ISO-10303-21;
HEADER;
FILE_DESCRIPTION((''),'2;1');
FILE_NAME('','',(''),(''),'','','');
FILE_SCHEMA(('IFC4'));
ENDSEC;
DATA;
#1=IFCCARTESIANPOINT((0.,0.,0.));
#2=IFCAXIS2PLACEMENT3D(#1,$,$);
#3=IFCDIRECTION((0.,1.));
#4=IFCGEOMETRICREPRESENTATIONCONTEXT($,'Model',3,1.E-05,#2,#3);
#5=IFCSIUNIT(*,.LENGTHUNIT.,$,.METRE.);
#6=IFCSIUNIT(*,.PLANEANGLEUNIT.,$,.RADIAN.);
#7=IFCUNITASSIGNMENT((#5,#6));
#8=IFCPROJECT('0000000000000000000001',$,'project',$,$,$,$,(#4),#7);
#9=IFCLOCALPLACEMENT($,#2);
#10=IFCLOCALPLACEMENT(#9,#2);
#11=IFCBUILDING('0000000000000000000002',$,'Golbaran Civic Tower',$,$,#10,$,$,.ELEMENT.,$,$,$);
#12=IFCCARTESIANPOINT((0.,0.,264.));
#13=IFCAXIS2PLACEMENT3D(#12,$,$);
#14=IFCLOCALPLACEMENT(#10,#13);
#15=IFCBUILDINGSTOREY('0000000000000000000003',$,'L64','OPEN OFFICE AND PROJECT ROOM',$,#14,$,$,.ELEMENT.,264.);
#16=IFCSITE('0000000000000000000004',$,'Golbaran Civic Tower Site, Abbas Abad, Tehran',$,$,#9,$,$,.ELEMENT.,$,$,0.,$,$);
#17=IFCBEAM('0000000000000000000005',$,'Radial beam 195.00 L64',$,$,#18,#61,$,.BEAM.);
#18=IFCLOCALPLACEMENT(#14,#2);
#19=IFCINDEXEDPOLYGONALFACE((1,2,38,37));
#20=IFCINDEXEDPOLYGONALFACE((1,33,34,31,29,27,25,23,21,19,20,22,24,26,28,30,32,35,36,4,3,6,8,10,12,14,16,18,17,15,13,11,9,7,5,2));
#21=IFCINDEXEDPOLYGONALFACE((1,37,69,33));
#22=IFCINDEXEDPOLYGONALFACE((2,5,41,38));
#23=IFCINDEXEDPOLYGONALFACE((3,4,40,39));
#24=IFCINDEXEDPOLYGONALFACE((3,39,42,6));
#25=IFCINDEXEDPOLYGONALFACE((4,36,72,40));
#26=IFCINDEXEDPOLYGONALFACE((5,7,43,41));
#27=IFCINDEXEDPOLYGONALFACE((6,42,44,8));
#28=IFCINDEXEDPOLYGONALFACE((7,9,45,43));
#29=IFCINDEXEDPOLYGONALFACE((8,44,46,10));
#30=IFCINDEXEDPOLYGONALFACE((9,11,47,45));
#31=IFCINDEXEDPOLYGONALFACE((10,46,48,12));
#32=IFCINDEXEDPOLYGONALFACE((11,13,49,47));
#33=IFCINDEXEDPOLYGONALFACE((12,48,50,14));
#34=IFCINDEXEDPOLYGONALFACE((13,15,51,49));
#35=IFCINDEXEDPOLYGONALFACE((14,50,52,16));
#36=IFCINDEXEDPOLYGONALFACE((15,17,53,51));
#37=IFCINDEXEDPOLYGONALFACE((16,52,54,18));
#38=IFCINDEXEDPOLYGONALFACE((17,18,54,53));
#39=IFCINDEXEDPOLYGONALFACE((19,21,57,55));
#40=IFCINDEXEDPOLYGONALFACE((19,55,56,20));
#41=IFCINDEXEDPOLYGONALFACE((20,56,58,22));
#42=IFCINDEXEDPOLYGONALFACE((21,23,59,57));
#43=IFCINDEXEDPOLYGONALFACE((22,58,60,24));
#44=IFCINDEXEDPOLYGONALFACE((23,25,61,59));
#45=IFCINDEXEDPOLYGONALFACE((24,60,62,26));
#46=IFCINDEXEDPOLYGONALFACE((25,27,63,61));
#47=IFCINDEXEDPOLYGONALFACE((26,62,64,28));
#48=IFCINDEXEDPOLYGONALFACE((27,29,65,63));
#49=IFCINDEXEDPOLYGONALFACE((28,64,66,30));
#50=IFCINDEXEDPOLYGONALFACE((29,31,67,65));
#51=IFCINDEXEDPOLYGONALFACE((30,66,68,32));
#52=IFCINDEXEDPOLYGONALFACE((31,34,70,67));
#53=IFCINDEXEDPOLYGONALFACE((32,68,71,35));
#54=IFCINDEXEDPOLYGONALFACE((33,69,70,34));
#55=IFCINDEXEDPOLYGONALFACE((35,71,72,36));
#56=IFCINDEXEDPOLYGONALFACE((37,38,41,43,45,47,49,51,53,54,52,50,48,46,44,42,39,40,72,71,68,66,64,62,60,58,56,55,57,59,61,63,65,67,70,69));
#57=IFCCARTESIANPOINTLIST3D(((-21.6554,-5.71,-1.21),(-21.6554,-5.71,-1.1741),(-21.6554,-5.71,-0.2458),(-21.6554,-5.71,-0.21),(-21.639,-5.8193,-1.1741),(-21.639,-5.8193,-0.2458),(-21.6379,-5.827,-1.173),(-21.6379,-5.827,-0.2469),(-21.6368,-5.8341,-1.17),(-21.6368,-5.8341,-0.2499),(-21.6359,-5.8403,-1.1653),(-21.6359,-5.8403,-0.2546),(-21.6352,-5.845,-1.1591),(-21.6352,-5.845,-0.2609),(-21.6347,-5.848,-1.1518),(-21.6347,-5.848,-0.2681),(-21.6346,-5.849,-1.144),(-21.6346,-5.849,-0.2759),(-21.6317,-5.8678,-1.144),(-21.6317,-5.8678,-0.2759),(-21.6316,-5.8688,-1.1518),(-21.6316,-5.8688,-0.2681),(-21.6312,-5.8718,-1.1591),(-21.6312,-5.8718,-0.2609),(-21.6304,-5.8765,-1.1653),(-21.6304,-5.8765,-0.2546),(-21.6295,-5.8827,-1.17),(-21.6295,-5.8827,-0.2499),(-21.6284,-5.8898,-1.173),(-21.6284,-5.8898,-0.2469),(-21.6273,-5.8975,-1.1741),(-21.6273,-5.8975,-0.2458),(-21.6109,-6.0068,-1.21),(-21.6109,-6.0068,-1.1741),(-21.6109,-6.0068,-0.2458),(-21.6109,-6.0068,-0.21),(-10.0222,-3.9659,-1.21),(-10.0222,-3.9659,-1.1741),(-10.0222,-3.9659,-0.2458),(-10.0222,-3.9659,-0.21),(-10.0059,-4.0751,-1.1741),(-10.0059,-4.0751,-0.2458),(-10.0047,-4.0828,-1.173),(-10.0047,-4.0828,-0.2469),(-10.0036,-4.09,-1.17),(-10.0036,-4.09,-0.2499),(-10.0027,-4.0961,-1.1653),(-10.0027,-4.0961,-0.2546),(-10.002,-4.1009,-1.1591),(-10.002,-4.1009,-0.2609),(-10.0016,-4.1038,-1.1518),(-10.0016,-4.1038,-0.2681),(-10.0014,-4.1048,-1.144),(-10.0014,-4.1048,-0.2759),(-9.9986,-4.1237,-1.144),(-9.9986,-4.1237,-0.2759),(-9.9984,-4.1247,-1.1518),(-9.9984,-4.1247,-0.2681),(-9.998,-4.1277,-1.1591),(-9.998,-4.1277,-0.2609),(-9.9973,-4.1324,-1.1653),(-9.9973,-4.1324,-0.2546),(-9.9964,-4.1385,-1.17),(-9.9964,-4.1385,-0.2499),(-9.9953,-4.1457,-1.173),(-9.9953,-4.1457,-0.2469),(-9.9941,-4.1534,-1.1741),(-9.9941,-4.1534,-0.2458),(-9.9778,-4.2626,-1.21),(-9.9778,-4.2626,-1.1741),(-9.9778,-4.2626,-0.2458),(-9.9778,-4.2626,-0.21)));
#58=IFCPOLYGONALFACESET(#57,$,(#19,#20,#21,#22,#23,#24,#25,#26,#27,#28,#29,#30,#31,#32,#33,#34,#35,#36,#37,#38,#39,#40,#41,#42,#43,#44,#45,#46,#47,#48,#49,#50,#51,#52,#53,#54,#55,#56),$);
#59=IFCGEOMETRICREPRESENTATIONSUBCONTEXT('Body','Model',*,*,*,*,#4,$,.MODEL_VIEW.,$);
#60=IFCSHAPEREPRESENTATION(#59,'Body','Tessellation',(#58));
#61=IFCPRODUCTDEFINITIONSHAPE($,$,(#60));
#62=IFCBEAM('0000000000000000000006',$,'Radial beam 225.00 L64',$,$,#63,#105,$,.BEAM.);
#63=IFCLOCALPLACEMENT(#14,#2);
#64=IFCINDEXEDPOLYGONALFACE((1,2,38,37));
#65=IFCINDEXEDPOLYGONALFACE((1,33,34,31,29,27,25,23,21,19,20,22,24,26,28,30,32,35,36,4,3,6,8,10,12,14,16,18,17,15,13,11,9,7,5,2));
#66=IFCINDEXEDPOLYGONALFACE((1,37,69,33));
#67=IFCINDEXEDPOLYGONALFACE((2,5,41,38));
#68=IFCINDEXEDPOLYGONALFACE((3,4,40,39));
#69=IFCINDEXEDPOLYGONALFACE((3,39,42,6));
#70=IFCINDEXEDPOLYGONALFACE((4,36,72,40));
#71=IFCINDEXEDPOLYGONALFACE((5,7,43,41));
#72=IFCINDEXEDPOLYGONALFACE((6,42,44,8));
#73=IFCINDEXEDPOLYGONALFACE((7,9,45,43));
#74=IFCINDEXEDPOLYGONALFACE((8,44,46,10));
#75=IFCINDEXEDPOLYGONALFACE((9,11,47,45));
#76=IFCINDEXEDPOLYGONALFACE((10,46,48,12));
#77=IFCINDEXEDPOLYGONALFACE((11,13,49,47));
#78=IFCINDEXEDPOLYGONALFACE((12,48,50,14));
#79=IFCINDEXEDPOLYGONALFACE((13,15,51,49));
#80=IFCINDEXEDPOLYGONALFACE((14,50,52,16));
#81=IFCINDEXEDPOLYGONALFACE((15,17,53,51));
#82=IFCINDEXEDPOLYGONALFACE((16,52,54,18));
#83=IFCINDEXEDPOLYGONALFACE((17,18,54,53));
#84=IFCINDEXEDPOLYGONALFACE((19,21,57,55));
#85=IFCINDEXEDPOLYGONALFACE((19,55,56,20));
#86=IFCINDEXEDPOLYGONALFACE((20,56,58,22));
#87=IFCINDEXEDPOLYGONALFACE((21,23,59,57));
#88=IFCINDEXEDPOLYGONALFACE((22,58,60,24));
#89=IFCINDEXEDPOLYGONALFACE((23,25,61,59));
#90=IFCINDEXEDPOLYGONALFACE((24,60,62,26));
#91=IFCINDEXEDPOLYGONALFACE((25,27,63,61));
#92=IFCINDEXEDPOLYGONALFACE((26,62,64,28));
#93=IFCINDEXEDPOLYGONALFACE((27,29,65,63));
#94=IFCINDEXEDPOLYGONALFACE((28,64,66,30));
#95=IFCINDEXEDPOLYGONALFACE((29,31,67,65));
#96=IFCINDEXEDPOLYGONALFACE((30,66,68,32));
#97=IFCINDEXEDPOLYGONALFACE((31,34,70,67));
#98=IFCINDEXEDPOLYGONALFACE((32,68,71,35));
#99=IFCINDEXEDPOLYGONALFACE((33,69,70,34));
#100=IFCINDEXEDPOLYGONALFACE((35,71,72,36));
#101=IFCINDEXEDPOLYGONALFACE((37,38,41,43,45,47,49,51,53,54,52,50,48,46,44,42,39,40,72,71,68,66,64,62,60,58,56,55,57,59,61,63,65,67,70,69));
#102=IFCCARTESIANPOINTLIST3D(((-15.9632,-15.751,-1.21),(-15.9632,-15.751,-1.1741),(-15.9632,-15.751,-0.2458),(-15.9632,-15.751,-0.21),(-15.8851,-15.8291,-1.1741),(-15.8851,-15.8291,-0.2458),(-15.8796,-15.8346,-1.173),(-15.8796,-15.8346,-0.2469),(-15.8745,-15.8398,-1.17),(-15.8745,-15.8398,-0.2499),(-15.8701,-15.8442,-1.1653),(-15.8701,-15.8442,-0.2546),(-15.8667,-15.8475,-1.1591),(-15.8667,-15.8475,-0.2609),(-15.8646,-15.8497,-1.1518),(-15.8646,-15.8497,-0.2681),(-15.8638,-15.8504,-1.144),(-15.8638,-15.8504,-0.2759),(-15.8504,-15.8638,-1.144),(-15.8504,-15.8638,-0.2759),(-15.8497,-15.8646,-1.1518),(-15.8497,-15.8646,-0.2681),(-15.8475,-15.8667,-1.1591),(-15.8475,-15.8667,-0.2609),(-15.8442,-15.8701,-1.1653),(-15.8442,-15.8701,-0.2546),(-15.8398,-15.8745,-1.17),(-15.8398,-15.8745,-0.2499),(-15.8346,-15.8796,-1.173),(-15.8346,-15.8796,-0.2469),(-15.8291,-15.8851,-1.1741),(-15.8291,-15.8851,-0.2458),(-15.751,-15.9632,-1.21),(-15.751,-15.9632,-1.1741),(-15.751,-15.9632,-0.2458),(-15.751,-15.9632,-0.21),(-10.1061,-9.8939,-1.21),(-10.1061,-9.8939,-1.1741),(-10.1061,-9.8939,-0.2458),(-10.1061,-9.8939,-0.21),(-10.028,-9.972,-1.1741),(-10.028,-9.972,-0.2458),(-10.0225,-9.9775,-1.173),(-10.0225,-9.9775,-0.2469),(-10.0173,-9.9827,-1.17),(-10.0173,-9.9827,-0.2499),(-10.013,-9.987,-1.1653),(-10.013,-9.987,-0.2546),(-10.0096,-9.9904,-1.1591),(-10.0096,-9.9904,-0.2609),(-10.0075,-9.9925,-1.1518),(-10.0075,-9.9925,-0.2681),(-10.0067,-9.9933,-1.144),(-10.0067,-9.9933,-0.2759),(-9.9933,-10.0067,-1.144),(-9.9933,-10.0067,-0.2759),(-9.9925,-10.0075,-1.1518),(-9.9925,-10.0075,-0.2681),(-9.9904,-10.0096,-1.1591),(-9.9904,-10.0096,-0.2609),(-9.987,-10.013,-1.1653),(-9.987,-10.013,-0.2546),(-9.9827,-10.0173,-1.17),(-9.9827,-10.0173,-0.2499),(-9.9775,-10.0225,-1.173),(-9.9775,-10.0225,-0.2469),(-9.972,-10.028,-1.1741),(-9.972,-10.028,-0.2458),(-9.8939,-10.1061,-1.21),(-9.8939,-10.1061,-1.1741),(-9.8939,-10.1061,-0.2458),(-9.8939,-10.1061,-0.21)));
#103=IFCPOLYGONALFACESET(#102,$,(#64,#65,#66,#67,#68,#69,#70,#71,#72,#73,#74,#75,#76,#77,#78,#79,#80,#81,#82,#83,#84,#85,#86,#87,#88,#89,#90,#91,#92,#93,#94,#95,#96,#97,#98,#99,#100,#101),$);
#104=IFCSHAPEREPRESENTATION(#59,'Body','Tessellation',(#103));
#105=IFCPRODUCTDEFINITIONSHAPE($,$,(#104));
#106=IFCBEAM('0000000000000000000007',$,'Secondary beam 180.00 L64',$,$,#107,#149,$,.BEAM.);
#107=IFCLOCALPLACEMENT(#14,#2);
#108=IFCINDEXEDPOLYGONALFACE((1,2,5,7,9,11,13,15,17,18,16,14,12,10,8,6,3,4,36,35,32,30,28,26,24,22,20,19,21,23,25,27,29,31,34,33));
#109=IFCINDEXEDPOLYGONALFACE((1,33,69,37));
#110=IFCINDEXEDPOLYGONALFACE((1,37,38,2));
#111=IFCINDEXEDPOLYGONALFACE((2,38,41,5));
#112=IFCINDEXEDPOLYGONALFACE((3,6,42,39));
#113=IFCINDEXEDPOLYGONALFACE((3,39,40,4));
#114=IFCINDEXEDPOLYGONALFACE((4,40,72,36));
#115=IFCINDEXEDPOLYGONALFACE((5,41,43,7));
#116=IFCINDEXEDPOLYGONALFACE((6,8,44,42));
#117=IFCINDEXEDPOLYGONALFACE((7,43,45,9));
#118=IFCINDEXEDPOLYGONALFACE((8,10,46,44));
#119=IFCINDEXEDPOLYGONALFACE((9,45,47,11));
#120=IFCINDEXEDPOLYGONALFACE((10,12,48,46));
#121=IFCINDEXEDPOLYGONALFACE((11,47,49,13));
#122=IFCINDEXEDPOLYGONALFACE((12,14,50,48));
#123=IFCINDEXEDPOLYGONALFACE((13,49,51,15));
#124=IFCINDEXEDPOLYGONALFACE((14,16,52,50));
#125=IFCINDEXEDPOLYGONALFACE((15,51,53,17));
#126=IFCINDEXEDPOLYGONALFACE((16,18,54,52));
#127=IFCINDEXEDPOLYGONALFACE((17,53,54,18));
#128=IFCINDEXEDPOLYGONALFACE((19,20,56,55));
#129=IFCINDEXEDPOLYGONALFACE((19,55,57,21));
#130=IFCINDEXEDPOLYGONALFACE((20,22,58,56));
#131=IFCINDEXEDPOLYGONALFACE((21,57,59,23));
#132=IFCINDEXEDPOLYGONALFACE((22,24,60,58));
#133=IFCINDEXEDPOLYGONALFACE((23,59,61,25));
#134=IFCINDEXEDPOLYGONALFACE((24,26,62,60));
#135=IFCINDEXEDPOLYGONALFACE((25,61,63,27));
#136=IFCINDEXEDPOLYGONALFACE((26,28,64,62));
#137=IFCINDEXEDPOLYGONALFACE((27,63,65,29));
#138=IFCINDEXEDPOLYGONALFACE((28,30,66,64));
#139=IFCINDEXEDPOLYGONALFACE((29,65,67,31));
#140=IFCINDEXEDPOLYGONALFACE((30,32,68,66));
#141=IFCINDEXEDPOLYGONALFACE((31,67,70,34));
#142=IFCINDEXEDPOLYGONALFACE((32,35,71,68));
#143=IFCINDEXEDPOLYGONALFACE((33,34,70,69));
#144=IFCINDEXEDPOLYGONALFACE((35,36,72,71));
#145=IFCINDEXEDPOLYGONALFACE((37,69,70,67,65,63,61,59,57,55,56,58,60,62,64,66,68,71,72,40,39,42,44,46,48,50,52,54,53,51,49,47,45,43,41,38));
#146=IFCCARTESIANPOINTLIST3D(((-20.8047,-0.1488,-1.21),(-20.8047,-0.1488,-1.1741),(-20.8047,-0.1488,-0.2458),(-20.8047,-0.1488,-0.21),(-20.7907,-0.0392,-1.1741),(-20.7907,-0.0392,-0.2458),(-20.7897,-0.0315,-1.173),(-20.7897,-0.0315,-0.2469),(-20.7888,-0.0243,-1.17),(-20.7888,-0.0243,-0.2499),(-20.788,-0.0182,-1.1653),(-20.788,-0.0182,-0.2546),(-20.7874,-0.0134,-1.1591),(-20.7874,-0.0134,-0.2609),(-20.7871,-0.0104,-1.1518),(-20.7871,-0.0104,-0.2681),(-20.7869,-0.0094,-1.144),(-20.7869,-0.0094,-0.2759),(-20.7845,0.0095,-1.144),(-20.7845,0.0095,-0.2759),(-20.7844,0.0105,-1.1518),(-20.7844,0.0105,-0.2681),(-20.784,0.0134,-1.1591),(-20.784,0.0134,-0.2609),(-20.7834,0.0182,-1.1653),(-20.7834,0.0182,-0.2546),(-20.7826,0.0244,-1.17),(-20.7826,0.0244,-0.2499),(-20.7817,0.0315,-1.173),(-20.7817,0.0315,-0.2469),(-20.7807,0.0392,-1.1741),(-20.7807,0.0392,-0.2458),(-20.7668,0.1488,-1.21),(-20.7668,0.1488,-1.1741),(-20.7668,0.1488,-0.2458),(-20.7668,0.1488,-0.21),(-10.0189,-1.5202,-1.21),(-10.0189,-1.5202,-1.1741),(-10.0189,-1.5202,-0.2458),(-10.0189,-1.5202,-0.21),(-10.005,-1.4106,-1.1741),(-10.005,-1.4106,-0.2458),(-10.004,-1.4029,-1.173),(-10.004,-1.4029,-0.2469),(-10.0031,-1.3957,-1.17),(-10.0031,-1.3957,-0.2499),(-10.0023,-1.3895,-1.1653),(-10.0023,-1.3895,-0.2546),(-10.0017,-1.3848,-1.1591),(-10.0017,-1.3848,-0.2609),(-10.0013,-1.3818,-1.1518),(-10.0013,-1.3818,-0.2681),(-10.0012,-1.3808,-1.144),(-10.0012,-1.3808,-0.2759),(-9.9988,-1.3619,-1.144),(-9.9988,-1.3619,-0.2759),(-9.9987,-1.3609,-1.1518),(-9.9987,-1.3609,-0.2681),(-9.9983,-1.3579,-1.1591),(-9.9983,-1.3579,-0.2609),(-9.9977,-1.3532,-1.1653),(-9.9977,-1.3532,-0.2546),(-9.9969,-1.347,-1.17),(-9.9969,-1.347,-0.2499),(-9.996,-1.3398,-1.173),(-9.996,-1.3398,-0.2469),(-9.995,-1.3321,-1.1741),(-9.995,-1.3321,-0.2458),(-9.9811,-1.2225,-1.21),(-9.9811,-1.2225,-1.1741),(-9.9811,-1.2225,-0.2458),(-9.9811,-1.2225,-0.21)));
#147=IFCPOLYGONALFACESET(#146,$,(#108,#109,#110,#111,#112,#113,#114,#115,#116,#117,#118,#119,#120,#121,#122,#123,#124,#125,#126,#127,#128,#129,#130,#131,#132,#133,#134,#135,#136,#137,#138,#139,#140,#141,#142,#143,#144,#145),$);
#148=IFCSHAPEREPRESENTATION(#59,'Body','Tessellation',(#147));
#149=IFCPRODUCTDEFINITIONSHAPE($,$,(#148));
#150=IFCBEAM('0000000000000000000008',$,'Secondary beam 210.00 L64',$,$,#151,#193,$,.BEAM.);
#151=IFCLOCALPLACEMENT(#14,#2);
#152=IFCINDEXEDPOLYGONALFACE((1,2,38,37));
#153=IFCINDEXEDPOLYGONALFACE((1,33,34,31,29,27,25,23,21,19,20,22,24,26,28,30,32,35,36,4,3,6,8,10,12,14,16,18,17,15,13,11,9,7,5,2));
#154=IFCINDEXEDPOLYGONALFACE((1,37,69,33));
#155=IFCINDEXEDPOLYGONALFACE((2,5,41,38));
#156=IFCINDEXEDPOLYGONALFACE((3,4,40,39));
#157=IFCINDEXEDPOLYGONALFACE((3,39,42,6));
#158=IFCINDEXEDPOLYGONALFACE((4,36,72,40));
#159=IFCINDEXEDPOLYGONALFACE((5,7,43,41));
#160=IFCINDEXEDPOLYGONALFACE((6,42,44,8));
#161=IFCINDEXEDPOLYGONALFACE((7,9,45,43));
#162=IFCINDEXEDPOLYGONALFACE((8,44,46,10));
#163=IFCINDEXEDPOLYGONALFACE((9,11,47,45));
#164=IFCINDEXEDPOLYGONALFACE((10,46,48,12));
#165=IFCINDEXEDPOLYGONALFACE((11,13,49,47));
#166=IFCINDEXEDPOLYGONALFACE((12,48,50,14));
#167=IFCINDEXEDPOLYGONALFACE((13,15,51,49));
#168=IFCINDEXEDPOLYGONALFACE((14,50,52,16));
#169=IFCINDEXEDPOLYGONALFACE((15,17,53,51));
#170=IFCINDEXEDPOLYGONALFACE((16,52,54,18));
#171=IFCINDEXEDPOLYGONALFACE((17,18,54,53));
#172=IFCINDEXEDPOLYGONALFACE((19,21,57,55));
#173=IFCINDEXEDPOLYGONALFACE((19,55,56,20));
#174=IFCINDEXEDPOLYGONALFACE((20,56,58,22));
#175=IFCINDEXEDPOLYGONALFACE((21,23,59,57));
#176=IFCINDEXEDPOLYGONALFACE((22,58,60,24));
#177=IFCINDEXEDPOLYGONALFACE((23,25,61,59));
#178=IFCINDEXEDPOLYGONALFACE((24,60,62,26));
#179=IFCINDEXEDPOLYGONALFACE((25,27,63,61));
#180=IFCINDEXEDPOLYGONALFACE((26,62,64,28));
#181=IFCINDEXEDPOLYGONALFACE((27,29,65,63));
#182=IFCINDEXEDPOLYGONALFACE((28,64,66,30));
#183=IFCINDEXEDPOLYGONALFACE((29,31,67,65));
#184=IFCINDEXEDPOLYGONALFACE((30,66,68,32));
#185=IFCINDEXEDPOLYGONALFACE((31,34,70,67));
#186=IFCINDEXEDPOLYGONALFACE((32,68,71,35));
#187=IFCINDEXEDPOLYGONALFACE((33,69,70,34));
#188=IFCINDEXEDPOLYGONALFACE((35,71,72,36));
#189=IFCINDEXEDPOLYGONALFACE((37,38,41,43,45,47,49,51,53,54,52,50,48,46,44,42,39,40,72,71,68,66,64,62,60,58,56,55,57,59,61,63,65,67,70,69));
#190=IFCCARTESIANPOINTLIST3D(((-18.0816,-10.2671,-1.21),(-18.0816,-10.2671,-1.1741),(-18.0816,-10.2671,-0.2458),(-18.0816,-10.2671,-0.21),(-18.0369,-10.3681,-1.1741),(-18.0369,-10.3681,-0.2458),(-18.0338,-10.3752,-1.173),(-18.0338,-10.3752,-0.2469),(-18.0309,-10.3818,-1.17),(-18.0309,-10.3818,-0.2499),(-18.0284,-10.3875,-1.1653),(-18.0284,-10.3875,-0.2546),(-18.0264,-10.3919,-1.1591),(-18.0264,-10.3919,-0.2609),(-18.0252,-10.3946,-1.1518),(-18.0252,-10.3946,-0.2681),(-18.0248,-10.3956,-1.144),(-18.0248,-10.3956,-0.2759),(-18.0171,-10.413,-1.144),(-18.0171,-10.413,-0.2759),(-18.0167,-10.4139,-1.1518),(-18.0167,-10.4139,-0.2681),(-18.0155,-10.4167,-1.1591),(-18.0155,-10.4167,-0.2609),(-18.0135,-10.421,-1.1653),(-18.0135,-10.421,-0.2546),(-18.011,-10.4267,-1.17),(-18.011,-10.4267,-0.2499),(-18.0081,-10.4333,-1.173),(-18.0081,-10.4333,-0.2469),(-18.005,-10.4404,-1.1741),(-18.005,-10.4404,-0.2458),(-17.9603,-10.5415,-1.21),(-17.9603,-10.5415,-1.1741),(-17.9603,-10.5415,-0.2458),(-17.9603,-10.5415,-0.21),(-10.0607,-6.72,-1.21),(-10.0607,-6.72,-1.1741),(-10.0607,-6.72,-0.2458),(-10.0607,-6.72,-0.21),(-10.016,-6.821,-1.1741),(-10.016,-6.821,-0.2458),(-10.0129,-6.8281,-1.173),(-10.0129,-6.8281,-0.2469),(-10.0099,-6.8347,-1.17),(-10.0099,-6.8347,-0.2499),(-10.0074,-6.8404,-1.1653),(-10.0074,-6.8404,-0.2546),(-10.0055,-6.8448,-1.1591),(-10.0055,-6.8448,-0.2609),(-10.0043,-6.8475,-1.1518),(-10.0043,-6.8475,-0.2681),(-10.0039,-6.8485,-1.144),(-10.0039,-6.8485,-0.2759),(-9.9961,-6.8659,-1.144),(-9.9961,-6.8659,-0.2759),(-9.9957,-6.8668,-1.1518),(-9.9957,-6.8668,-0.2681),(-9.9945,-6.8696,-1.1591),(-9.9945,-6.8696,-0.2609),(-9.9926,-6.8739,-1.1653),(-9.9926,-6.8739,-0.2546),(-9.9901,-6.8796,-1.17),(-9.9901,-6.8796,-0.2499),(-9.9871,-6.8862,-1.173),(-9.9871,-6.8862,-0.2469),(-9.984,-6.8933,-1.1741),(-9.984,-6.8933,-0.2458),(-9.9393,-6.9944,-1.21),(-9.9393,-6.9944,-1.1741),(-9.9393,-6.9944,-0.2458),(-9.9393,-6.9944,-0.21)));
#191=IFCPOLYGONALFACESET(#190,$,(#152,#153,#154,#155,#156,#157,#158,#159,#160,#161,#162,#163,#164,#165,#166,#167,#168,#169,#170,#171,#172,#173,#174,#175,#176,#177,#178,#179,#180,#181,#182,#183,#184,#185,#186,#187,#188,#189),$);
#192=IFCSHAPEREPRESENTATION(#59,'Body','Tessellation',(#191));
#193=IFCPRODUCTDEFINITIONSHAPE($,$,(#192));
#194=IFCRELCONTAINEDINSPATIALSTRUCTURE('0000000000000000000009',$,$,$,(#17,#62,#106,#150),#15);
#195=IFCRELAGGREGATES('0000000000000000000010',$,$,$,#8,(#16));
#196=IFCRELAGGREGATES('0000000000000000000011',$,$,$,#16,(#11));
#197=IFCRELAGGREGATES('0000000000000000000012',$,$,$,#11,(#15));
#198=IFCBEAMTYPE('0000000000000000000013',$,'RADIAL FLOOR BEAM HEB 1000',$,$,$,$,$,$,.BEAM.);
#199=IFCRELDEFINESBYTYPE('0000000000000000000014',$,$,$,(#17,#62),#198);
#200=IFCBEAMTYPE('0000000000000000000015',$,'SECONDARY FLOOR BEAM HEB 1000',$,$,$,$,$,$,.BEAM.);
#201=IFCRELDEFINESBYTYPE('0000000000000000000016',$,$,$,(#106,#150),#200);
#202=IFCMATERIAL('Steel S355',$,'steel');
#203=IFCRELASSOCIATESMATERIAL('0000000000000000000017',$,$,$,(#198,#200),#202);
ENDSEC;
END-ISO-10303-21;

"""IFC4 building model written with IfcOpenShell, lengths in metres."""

from ifc_helpers import new_model, si_unit, direction, frame, origin, origin_2d, place, context, subcontext, project, spatial, i_section, extrude, material, material_profile, profile_set, type_object, element, save


model = new_model("IFC4")

# Units and contexts
model_context = context("Model", 3, precision=1e-05, world=origin(), true_north=direction((0.0, 1.0)))
body_context = subcontext(model_context, "Body", "Model", "MODEL_VIEW")
ifc_project = project(units=[si_unit("LENGTHUNIT", "METRE"), si_unit("PLANEANGLEUNIT", "RADIAN")], contexts=[model_context])

# Site, building, storey
site_placement = place(None, origin())
site = spatial("IfcSite", under=ifc_project, at=site_placement, Name="Golbaran Civic Tower Site, Abbas Abad, Tehran", CompositionType="ELEMENT", RefElevation=0.0)
building_placement = place(site_placement, origin())
building = spatial("IfcBuilding", under=site, at=building_placement, Name="Golbaran Civic Tower", CompositionType="ELEMENT")
storey_placement = place(building_placement, frame((0.0, 0.0, 264.0)))
storey = spatial("IfcBuildingStorey", under=building, at=storey_placement, Name="L64", Description="OPEN OFFICE AND PROJECT ROOM", CompositionType="ELEMENT", Elevation=264.0)

# Beams
ifc_material_1 = material(Name="Steel S355", Category="steel")
ifc_material_profile_1 = material_profile(ifc_material_1, i_section(OverallWidth=0.3, OverallDepth=1.0, WebThickness=0.019, FlangeThickness=0.0359, FilletRadius=0.03, at=origin_2d()), Name="HEB 1000")
ifc_profile_set_1 = profile_set([ifc_material_profile_1], Name="Steel S355")
beam_type_1 = type_object("IfcBeamType", Name="RADIAL FLOOR BEAM HEB 1000", PredefinedType="BEAM", material=ifc_profile_set_1)
beam_1_placement = place(storey_placement, frame((-10.0, -4.1143, -0.71), z_axis=(-0.988947, -0.148272, 0.0), x_axis=(0.148272, -0.988947, 0.0)))
element("IfcBeam", 1, at=beam_1_placement, inside=storey, type_object=beam_type_1, Name="Radial beam 195.00 L64", PredefinedType="BEAM", context=body_context, shape_type="SweptSolid", body=[
    extrude(i_section(OverallWidth=0.3, OverallDepth=1.0, WebThickness=0.019, FlangeThickness=0.0359, FilletRadius=0.03, at=origin_2d()), origin(), (0.0, 0.0, 1.0), 11.7632),
])
beam_2_placement = place(storey_placement, frame((-10.0, -10.0, -0.71), z_axis=(-0.707107, -0.707107, 0.0), x_axis=(0.707107, -0.707107, 0.0)))
element("IfcBeam", 2, at=beam_2_placement, inside=storey, type_object=beam_type_1, Name="Radial beam 225.00 L64", PredefinedType="BEAM", context=body_context, shape_type="SweptSolid", body=[
    extrude(i_section(OverallWidth=0.3, OverallDepth=1.0, WebThickness=0.019, FlangeThickness=0.0359, FilletRadius=0.03, at=origin_2d()), origin(), (0.0, 0.0, 1.0), 8.2832),
])
ifc_material_profile_2 = material_profile(ifc_material_1, i_section(OverallWidth=0.3, OverallDepth=1.0, WebThickness=0.019, FlangeThickness=0.0359, FilletRadius=0.03, at=origin_2d()), Name="HEB 1000")
ifc_profile_set_2 = profile_set([ifc_material_profile_2], Name="Steel S355")
beam_type_2 = type_object("IfcBeamType", Name="SECONDARY FLOOR BEAM HEB 1000", PredefinedType="BEAM", material=ifc_profile_set_2)
beam_3_placement = place(storey_placement, frame((-10.0, -1.3713, -0.71), z_axis=(-0.992014, 0.126129, 0.0), x_axis=(-0.126129, -0.992014, 0.0)))
element("IfcBeam", 3, at=beam_3_placement, inside=storey, type_object=beam_type_2, Name="Secondary beam 180.00 L64", PredefinedType="BEAM", context=body_context, shape_type="SweptSolid", body=[
    extrude(i_section(OverallWidth=0.3, OverallDepth=1.0, WebThickness=0.019, FlangeThickness=0.0359, FilletRadius=0.03, at=origin_2d()), origin(), (0.0, 0.0, 1.0), 10.8726),
])
beam_4_placement = place(storey_placement, frame((-10.0, -6.8572, -0.71), z_axis=(-0.914562, -0.404446, 0.0), x_axis=(0.404446, -0.914562, 0.0)))
element("IfcBeam", 4, at=beam_4_placement, inside=storey, type_object=beam_type_2, Name="Secondary beam 210.00 L64", PredefinedType="BEAM", context=body_context, shape_type="SweptSolid", body=[
    extrude(i_section(OverallWidth=0.3, OverallDepth=1.0, WebThickness=0.019, FlangeThickness=0.0359, FilletRadius=0.03, at=origin_2d()), origin(), (0.0, 0.0, 1.0), 8.7703),
])

save(model, "model.ifc")
